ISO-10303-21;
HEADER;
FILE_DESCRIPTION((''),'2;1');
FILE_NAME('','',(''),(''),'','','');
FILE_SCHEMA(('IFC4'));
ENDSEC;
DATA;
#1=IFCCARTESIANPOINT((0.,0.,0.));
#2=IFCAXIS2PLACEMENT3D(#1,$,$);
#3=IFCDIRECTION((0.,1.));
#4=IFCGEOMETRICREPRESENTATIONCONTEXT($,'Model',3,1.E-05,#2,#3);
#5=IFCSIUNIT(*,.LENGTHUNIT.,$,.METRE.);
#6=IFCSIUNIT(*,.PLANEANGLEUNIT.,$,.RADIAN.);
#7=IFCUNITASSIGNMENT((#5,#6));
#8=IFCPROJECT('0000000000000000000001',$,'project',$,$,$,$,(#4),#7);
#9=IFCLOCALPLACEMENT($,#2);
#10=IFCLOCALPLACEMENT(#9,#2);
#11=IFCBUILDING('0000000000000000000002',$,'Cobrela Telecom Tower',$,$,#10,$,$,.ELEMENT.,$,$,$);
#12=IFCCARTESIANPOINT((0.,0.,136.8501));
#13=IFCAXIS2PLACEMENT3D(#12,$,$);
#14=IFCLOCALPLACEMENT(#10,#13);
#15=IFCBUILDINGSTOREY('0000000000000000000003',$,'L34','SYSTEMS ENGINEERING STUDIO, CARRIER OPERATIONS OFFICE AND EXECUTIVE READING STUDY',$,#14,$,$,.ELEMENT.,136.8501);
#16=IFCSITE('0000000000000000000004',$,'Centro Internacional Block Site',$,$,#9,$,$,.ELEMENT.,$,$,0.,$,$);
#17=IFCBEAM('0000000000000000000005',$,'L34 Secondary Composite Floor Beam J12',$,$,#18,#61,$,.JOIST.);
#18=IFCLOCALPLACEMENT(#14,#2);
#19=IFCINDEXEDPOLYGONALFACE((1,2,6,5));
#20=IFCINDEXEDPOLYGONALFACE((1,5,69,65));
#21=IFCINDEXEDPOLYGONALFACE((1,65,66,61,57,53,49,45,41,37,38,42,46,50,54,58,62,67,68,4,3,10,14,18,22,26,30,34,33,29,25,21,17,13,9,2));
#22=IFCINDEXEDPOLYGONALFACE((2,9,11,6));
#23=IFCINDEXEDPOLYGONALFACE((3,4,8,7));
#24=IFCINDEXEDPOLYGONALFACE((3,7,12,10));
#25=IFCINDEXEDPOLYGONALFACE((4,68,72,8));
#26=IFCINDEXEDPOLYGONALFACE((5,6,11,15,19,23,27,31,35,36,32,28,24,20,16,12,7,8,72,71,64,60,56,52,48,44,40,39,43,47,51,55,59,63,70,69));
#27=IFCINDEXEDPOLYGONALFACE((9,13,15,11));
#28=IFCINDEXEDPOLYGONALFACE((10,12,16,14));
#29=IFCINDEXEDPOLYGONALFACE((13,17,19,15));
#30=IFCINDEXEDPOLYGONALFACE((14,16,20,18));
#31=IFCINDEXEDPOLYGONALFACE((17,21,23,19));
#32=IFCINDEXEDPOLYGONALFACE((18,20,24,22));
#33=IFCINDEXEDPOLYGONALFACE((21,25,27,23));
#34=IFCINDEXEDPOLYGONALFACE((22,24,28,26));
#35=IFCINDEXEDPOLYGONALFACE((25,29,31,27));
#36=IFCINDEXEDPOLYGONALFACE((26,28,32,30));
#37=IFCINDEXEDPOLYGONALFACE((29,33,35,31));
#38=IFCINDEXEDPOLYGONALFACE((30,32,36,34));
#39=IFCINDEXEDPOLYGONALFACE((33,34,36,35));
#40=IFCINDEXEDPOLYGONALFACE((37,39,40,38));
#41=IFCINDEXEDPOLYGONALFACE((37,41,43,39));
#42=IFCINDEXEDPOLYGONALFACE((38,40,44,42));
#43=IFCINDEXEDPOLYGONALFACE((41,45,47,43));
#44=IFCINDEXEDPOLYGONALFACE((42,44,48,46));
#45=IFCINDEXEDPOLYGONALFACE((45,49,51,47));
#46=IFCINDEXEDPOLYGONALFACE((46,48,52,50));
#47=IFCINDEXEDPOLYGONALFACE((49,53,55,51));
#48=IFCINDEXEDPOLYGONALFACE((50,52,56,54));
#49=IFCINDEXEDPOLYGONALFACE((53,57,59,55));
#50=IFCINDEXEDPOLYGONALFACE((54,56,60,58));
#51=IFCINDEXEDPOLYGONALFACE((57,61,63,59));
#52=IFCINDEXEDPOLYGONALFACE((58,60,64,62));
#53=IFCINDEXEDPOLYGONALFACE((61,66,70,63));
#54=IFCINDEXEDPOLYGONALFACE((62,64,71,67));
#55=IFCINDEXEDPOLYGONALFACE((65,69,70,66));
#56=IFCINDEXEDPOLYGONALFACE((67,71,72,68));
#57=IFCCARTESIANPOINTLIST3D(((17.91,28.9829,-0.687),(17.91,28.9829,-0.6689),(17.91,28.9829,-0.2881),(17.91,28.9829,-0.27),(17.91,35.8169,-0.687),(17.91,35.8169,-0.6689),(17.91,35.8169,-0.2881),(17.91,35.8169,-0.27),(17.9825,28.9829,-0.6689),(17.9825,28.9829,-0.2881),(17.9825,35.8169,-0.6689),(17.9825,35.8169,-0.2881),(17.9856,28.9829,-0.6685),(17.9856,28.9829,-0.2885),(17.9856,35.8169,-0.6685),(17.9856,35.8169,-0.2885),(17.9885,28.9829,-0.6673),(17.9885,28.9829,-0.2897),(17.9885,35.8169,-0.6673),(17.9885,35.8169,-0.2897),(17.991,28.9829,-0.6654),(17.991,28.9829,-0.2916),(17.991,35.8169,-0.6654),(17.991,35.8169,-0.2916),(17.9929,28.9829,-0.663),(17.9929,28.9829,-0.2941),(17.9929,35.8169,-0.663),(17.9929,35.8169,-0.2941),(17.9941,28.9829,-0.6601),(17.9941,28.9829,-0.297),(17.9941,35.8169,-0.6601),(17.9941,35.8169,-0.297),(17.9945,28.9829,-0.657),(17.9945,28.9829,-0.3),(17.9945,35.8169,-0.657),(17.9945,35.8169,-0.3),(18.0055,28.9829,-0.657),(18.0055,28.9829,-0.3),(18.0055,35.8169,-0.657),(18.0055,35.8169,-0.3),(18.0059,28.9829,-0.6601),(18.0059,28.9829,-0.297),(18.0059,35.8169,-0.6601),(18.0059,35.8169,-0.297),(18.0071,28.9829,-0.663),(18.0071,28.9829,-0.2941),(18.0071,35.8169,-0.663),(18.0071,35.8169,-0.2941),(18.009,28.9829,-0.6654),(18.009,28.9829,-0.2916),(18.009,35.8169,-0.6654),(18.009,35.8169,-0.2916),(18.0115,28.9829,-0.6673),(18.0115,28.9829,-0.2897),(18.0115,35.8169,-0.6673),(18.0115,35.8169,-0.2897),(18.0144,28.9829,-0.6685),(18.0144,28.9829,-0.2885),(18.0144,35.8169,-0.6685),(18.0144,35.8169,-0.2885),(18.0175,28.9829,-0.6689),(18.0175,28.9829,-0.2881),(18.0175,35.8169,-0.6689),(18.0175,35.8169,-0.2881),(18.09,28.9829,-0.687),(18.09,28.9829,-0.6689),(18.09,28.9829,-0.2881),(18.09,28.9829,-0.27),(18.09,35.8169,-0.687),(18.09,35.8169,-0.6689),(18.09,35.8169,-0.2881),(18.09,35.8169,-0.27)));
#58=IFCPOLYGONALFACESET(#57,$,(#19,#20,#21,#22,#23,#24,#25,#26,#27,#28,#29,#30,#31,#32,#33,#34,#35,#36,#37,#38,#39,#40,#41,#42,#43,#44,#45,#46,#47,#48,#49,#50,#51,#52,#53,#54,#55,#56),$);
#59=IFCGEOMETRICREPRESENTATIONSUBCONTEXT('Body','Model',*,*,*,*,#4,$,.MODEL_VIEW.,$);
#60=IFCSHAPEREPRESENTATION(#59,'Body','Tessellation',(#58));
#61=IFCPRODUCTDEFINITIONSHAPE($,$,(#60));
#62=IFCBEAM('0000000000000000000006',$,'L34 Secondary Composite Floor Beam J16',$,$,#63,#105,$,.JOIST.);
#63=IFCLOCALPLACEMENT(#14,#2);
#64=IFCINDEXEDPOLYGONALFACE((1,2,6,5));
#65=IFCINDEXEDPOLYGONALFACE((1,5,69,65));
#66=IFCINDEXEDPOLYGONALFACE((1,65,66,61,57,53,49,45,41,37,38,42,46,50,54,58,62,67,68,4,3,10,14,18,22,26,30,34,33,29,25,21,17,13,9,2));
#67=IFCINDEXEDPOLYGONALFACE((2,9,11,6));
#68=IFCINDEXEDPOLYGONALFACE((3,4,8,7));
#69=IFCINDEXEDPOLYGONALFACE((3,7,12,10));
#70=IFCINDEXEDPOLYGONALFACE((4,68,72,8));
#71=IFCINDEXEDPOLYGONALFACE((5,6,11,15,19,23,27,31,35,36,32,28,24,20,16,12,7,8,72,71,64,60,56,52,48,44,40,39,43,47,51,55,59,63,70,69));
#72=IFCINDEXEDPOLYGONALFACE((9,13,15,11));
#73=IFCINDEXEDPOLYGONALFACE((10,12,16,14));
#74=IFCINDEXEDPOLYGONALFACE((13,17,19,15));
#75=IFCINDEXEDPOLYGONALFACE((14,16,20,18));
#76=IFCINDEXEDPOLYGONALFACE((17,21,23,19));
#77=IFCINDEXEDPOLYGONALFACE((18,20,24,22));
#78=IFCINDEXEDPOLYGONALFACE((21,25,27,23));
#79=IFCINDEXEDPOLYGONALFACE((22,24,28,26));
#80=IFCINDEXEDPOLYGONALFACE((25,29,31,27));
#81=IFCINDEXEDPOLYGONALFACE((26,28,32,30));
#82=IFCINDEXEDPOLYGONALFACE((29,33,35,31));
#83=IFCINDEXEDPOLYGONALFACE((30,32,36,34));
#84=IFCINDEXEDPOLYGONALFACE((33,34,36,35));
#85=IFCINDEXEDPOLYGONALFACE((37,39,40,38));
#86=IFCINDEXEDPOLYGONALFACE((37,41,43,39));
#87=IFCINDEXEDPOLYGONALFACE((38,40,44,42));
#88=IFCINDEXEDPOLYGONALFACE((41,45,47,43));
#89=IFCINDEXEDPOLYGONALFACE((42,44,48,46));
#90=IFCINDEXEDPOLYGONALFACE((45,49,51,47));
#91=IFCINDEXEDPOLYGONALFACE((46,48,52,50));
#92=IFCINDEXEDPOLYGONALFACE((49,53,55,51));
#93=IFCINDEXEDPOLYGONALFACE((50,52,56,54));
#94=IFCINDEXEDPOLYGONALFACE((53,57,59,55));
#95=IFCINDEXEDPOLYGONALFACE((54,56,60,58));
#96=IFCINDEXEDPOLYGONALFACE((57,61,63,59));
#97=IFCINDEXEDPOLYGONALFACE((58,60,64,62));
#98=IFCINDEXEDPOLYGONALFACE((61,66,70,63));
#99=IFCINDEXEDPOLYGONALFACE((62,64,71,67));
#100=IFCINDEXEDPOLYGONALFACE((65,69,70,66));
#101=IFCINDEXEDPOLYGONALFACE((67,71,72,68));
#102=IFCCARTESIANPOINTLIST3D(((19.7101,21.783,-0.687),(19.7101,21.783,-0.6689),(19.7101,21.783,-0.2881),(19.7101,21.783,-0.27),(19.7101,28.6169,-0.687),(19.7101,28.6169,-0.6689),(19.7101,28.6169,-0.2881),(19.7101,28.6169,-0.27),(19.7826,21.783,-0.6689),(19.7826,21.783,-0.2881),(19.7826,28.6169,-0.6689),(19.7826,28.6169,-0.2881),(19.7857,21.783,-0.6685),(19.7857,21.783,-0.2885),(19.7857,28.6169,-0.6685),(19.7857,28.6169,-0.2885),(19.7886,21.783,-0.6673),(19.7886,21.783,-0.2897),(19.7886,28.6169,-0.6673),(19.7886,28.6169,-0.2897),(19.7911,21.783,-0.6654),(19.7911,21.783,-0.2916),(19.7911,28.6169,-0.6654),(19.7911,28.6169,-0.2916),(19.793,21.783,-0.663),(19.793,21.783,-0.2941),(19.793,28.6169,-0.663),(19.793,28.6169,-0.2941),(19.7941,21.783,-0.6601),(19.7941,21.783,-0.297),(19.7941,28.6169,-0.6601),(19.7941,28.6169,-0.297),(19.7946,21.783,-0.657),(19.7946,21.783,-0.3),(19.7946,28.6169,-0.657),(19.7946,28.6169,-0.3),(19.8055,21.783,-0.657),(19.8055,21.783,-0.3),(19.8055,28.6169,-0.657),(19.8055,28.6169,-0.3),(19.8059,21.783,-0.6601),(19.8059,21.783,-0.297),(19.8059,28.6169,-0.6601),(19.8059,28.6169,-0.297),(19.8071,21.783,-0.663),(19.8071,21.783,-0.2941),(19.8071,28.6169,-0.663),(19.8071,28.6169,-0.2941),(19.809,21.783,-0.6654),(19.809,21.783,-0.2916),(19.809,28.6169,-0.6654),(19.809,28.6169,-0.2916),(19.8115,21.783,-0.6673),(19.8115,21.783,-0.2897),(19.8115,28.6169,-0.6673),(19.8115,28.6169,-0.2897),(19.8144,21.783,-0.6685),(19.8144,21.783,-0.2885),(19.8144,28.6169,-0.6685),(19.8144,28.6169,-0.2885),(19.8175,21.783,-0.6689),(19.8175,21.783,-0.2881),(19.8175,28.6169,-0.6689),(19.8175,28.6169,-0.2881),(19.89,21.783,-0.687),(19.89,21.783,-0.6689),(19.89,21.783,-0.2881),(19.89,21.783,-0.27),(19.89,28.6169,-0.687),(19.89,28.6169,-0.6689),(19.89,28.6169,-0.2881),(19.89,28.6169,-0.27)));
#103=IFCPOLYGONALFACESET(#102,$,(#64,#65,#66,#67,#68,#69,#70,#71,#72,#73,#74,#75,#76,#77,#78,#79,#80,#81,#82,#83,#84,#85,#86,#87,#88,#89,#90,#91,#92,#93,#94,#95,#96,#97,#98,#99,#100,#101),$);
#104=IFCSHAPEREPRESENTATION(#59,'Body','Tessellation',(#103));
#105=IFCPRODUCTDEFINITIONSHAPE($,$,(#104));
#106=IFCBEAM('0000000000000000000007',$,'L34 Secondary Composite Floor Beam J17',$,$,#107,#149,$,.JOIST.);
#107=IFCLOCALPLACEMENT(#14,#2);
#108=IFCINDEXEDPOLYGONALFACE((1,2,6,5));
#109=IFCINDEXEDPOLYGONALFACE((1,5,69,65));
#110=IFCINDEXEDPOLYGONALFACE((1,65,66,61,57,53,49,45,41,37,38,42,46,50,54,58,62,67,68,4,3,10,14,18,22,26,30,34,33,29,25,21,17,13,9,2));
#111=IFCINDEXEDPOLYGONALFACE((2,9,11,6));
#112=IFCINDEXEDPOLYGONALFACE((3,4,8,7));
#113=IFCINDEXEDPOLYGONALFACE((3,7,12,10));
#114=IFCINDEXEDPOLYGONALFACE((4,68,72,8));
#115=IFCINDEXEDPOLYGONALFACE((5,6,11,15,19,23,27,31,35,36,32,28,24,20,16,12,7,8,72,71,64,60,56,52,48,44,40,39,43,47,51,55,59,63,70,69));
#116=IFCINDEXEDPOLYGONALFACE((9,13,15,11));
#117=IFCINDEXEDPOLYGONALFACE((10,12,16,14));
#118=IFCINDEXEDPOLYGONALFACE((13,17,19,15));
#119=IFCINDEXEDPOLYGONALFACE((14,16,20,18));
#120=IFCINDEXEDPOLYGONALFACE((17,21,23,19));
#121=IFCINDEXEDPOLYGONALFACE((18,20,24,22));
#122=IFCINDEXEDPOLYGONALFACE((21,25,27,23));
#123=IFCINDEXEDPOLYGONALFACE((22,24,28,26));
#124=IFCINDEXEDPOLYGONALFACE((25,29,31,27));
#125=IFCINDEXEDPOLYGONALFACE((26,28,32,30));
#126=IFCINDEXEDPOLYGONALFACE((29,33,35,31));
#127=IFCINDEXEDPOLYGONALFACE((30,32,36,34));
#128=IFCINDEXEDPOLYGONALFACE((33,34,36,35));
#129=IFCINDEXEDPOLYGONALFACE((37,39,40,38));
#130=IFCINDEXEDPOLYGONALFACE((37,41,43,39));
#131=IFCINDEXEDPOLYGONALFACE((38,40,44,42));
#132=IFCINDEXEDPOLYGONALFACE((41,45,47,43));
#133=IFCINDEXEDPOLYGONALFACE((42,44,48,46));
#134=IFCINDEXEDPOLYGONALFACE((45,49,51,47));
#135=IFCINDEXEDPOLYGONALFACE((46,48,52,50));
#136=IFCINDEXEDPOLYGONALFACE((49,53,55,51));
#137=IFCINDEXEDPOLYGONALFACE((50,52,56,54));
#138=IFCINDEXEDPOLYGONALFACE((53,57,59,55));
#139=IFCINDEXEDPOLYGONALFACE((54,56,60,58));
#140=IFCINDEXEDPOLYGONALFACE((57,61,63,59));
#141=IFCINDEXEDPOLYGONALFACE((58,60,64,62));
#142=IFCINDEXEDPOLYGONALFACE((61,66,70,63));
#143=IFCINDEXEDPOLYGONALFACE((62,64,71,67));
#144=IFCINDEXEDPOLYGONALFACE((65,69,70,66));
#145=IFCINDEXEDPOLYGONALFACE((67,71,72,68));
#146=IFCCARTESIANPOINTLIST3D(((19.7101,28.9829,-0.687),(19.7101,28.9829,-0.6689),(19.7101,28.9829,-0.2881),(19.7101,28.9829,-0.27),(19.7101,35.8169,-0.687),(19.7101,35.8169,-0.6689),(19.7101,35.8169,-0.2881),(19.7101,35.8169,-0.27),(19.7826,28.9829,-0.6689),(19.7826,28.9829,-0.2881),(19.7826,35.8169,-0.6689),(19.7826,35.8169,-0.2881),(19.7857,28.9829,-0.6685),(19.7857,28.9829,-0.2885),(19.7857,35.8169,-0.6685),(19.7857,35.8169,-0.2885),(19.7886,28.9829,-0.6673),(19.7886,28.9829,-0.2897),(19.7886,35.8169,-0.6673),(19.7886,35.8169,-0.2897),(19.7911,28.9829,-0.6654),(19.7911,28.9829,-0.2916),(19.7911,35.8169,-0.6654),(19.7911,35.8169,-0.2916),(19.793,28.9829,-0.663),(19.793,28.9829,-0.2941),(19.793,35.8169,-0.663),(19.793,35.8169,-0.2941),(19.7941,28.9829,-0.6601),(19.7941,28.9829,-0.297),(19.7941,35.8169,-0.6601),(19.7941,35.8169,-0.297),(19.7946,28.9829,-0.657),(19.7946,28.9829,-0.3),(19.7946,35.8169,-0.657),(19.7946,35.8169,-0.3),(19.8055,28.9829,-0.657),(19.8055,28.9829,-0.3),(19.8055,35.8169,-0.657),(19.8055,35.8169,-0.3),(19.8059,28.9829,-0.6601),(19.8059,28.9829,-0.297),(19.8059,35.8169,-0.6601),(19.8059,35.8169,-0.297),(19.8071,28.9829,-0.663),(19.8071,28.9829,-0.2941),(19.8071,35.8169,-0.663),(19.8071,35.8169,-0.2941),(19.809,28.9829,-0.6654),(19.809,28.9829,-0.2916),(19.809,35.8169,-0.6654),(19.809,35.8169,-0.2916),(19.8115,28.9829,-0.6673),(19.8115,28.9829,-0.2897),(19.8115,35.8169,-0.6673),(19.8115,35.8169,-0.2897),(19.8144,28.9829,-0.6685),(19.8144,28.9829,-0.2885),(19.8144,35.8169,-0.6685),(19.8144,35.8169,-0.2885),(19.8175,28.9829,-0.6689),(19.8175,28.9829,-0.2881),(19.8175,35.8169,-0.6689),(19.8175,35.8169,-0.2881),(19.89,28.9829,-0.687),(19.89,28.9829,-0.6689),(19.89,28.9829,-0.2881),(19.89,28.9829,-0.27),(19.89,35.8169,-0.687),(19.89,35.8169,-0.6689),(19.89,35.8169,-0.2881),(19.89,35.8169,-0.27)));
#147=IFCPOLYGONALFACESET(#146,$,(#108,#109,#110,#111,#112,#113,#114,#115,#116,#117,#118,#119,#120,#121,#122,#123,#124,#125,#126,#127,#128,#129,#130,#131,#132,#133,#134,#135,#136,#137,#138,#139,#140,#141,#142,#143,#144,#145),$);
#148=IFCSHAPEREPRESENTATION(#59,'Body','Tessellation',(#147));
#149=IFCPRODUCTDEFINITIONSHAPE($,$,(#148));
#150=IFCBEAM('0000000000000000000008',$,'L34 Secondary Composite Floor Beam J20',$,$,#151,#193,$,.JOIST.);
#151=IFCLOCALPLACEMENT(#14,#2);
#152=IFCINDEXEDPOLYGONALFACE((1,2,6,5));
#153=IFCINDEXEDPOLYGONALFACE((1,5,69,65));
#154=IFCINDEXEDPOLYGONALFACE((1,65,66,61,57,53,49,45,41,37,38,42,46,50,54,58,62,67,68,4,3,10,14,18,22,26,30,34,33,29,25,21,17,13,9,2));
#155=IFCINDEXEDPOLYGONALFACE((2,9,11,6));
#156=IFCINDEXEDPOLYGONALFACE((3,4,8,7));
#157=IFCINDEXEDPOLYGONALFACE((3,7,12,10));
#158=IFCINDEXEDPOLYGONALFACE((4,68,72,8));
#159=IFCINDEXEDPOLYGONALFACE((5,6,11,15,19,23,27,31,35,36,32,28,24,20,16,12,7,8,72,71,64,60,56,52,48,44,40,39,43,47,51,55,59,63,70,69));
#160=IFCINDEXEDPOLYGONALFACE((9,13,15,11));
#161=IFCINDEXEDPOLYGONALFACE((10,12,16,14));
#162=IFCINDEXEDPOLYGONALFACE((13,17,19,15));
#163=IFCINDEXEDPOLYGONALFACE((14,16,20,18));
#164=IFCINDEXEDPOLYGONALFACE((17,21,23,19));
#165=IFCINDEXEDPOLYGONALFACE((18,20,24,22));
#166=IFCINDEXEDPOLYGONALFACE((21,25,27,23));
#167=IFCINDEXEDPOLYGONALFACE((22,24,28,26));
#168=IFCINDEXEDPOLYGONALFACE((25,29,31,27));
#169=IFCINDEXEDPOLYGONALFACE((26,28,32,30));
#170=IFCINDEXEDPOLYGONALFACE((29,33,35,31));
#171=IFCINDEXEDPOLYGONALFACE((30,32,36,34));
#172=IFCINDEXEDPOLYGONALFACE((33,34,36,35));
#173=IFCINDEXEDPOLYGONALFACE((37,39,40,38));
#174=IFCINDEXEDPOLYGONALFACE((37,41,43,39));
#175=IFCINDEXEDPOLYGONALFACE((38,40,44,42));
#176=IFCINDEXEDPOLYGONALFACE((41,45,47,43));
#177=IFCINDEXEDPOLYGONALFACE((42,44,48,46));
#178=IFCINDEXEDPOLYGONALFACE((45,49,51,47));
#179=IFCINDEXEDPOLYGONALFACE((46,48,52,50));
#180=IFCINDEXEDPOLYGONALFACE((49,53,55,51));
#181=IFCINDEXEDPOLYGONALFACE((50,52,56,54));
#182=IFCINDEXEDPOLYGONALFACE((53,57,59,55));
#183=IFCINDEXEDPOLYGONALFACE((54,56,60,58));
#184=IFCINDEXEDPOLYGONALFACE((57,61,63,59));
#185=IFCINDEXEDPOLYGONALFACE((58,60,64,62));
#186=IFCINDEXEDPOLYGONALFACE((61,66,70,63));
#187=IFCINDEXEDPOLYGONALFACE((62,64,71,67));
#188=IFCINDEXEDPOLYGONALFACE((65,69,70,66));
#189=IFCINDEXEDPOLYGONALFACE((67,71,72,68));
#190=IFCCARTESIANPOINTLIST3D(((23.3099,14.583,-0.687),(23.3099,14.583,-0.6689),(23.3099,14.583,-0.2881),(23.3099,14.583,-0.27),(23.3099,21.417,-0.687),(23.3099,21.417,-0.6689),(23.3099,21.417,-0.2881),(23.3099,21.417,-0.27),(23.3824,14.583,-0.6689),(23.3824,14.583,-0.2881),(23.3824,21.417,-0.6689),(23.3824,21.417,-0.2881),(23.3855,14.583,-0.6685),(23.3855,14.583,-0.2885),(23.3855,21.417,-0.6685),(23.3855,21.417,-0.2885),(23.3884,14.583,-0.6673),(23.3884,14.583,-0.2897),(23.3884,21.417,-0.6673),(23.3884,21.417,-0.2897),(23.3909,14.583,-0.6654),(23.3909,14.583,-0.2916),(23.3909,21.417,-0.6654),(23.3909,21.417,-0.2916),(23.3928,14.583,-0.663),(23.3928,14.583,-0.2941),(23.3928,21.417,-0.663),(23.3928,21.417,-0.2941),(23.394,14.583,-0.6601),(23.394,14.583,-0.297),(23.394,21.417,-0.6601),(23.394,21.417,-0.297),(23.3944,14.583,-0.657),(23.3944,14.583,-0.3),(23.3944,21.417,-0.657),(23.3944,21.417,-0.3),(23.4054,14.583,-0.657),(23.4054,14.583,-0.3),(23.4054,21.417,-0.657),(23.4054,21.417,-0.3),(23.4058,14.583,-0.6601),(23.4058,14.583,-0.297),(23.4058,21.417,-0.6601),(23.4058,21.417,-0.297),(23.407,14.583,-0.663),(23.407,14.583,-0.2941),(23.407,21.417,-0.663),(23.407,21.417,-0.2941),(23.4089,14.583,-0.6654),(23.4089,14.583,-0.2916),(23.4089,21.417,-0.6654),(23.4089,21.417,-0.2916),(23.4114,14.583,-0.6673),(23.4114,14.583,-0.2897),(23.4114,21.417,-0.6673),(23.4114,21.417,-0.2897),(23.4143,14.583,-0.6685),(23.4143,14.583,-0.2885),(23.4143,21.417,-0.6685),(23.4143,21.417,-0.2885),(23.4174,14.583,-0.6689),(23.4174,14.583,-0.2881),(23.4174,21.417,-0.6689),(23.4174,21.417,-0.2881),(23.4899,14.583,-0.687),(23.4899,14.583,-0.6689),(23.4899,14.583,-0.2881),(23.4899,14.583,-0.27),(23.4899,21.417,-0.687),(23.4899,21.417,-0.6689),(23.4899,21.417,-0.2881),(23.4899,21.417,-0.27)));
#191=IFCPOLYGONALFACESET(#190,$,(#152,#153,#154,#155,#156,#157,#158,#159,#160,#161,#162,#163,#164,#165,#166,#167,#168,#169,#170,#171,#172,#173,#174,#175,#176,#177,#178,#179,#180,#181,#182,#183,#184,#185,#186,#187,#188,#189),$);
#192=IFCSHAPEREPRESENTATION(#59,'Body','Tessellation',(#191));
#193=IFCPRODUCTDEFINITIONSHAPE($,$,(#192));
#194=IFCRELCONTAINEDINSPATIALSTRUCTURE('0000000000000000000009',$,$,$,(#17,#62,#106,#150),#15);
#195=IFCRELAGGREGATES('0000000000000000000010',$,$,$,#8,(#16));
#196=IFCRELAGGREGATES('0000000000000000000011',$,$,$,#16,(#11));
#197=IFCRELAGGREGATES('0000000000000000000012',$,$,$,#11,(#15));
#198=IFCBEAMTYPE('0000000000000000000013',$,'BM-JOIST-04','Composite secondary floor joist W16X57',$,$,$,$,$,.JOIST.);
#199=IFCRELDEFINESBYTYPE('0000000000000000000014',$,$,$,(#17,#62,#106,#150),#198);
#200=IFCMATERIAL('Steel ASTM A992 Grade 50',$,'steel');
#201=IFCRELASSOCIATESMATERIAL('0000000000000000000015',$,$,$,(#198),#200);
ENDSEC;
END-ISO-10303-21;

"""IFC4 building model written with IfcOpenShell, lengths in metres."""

from ifc_helpers import new_model, si_unit, direction, frame, origin, origin_2d, place, context, subcontext, project, spatial, i_section, extrude, material, material_profile, profile_set, type_object, element, save


model = new_model("IFC4")

# Units and contexts
model_context = context("Model", 3, precision=1e-05, world=origin(), true_north=direction((0.0, 1.0)))
body_context = subcontext(model_context, "Body", "Model", "MODEL_VIEW")
ifc_project = project(units=[si_unit("LENGTHUNIT", "METRE"), si_unit("PLANEANGLEUNIT", "RADIAN")], contexts=[model_context])

# Site, building, storey
site_placement = place(None, origin())
site = spatial("IfcSite", under=ifc_project, at=site_placement, Name="Centro Internacional Block Site", CompositionType="ELEMENT", RefElevation=0.0)
building_placement = place(site_placement, origin())
building = spatial("IfcBuilding", under=site, at=building_placement, Name="Cobrela Telecom Tower", CompositionType="ELEMENT")
storey_placement = place(building_placement, frame((0.0, 0.0, 136.8501)))
storey = spatial("IfcBuildingStorey", under=building, at=storey_placement, Name="L34", Description="SYSTEMS ENGINEERING STUDIO, CARRIER OPERATIONS OFFICE AND EXECUTIVE READING STUDY", CompositionType="ELEMENT", Elevation=136.8501)

# Shared definitions
ifc_material_1 = material(Name="Steel ASTM A992 Grade 50", Category="steel")

# Beams
ifc_material_profile_1 = material_profile(ifc_material_1, i_section(OverallWidth=0.1799, OverallDepth=0.417, WebThickness=0.011, FlangeThickness=0.0181, FilletRadius=0.012, at=origin_2d()), Name="W16X57")
ifc_profile_set_1 = profile_set([ifc_material_profile_1], Name="Steel ASTM A992 Grade 50")
beam_type_1 = type_object("IfcBeamType", Name="BM-JOIST-04", Description="Composite secondary floor joist W16X57", PredefinedType="JOIST", material=ifc_profile_set_1)
for number, where, z_axis, x_axis, name in (
    (1, (18.0, 28.9829, -0.4785), (0.0, 1.0, 0.0), (-1.0, 0.0, 0.0), "L34 Secondary Composite Floor Beam J12"),
    (2, (19.8, 21.783, -0.4785), (0.0, 1.0, 0.0), (-1.0, 0.0, 0.0), "L34 Secondary Composite Floor Beam J16"),
    (3, (19.8, 28.9829, -0.4785), (0.0, 1.0, 0.0), (-1.0, 0.0, 0.0), "L34 Secondary Composite Floor Beam J17"),
    (4, (23.3999, 14.583, -0.4785), (0.0, 1.0, 0.0), (-1.0, 0.0, 0.0), "L34 Secondary Composite Floor Beam J20"),
):
    element("IfcBeam", number, at=place(storey_placement, frame(where, z_axis=z_axis, x_axis=x_axis)), inside=storey, type_object=beam_type_1, Name=name, PredefinedType="JOIST", context=body_context, shape_type="SweptSolid", body=[
        extrude(i_section(OverallWidth=0.1799, OverallDepth=0.417, WebThickness=0.011, FlangeThickness=0.0181, FilletRadius=0.012, at=origin_2d()), origin(), (0.0, 0.0, 1.0), 6.834),
    ])

save(model, "model.ifc")
